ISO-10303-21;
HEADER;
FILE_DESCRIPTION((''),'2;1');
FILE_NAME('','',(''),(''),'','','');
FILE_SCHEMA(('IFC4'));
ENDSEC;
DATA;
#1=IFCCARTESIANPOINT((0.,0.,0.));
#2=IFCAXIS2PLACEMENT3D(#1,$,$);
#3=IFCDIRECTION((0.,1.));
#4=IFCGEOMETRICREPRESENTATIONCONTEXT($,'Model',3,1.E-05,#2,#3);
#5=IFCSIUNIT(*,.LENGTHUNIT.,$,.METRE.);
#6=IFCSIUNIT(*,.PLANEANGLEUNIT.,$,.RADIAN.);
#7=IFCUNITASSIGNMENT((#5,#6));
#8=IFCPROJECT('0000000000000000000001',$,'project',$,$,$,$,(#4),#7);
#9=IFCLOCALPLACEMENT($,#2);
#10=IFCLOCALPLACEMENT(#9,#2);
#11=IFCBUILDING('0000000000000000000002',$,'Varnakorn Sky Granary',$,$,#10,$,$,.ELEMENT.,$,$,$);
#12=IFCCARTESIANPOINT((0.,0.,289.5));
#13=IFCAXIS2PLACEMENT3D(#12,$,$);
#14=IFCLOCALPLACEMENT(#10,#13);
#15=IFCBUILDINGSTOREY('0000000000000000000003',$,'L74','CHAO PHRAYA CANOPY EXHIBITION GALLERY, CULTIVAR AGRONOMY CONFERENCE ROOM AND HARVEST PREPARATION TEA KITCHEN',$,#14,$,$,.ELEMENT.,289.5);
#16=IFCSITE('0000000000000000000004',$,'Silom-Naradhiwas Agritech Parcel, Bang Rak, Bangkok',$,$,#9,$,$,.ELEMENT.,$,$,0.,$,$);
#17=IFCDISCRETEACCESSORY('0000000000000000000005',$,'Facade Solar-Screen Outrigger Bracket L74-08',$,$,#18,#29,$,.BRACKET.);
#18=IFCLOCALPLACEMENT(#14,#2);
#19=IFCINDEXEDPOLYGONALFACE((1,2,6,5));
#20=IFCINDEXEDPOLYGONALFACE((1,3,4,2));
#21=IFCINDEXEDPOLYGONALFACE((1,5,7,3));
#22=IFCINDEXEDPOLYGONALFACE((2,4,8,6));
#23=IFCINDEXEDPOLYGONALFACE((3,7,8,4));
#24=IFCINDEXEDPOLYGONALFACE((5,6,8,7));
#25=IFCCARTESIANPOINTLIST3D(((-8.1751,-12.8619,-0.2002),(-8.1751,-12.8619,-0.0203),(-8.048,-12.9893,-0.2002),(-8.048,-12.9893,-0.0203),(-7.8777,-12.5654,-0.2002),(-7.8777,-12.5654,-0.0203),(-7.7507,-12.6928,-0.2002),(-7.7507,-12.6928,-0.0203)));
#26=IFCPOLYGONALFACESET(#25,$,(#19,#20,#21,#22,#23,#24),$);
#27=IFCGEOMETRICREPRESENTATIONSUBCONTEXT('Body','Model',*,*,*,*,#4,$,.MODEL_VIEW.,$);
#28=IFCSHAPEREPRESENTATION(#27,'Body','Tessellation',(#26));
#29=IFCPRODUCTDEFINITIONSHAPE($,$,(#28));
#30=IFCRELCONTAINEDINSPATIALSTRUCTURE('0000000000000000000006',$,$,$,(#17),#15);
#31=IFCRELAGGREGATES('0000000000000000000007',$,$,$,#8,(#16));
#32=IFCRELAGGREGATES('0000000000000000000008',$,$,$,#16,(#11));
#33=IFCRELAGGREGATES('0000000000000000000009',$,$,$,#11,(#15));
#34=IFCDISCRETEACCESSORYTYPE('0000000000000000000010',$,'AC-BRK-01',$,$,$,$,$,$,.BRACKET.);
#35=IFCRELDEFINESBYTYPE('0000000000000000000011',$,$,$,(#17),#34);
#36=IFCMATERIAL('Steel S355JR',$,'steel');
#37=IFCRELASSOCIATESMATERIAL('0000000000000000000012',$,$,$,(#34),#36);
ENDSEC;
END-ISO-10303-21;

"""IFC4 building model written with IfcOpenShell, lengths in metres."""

from ifc_helpers import new_model, si_unit, direction, frame, origin, origin_2d, place, context, subcontext, project, spatial, rectangle, extrude, source, transform, mapped, material, type_object, type_shapes, element, save


model = new_model("IFC4")

# Units and contexts
model_context = context("Model", 3, precision=1e-05, world=origin(), true_north=direction((0.0, 1.0)))
body_context = subcontext(model_context, "Body", "Model", "MODEL_VIEW")
ifc_project = project(units=[si_unit("LENGTHUNIT", "METRE"), si_unit("PLANEANGLEUNIT", "RADIAN")], contexts=[model_context])

# Site, building, storey
site_placement = place(None, origin())
site = spatial("IfcSite", under=ifc_project, at=site_placement, Name="Silom-Naradhiwas Agritech Parcel, Bang Rak, Bangkok", CompositionType="ELEMENT", RefElevation=0.0)
building_placement = place(site_placement, origin())
building = spatial("IfcBuilding", under=site, at=building_placement, Name="Varnakorn Sky Granary", CompositionType="ELEMENT")
storey_placement = place(building_placement, frame((0.0, 0.0, 289.5)))
storey = spatial("IfcBuildingStorey", under=building, at=storey_placement, Name="L74", Description="CHAO PHRAYA CANOPY EXHIBITION GALLERY, CULTIVAR AGRONOMY CONFERENCE ROOM AND HARVEST PREPARATION TEA KITCHEN", CompositionType="ELEMENT", Elevation=289.5)

# Shared definitions
ifc_material_1 = material(Name="Steel S355JR", Category="steel")

# Discrete accessory
discrete_accessory_type = type_object("IfcDiscreteAccessoryType", Name="AC-BRK-01", PredefinedType="BRACKET", material=ifc_material_1)
shared_shape_1 = source(origin(), body_context, "Body", "SweptSolid", [
    extrude(rectangle(XDim=0.1799, YDim=0.4199, at=origin_2d()), origin(), (0.0, 0.0, 1.0), 0.1799),
])
type_shapes(discrete_accessory_type, [shared_shape_1])
discrete_accessory_placement = place(storey_placement, frame((-7.9629, -12.7773, -0.2002), z_axis=(0.0, 0.0, 1.0), x_axis=(0.706124, -0.708088, 0.0)))
element("IfcDiscreteAccessory", 1, at=discrete_accessory_placement, inside=storey, type_object=discrete_accessory_type, Name="Facade Solar-Screen Outrigger Bracket L74-08", PredefinedType="BRACKET", context=body_context, shape_type="MappedRepresentation", body=[
    mapped(shared_shape_1, transform((0.0, 0.0, 0.0), x_axis=(1.0, 0.0, 0.0), y_axis=(0.0, 1.0, 0.0), z_axis=(0.0, 0.0, 1.0), scale=1.0)),
])

save(model, "model.ifc")
